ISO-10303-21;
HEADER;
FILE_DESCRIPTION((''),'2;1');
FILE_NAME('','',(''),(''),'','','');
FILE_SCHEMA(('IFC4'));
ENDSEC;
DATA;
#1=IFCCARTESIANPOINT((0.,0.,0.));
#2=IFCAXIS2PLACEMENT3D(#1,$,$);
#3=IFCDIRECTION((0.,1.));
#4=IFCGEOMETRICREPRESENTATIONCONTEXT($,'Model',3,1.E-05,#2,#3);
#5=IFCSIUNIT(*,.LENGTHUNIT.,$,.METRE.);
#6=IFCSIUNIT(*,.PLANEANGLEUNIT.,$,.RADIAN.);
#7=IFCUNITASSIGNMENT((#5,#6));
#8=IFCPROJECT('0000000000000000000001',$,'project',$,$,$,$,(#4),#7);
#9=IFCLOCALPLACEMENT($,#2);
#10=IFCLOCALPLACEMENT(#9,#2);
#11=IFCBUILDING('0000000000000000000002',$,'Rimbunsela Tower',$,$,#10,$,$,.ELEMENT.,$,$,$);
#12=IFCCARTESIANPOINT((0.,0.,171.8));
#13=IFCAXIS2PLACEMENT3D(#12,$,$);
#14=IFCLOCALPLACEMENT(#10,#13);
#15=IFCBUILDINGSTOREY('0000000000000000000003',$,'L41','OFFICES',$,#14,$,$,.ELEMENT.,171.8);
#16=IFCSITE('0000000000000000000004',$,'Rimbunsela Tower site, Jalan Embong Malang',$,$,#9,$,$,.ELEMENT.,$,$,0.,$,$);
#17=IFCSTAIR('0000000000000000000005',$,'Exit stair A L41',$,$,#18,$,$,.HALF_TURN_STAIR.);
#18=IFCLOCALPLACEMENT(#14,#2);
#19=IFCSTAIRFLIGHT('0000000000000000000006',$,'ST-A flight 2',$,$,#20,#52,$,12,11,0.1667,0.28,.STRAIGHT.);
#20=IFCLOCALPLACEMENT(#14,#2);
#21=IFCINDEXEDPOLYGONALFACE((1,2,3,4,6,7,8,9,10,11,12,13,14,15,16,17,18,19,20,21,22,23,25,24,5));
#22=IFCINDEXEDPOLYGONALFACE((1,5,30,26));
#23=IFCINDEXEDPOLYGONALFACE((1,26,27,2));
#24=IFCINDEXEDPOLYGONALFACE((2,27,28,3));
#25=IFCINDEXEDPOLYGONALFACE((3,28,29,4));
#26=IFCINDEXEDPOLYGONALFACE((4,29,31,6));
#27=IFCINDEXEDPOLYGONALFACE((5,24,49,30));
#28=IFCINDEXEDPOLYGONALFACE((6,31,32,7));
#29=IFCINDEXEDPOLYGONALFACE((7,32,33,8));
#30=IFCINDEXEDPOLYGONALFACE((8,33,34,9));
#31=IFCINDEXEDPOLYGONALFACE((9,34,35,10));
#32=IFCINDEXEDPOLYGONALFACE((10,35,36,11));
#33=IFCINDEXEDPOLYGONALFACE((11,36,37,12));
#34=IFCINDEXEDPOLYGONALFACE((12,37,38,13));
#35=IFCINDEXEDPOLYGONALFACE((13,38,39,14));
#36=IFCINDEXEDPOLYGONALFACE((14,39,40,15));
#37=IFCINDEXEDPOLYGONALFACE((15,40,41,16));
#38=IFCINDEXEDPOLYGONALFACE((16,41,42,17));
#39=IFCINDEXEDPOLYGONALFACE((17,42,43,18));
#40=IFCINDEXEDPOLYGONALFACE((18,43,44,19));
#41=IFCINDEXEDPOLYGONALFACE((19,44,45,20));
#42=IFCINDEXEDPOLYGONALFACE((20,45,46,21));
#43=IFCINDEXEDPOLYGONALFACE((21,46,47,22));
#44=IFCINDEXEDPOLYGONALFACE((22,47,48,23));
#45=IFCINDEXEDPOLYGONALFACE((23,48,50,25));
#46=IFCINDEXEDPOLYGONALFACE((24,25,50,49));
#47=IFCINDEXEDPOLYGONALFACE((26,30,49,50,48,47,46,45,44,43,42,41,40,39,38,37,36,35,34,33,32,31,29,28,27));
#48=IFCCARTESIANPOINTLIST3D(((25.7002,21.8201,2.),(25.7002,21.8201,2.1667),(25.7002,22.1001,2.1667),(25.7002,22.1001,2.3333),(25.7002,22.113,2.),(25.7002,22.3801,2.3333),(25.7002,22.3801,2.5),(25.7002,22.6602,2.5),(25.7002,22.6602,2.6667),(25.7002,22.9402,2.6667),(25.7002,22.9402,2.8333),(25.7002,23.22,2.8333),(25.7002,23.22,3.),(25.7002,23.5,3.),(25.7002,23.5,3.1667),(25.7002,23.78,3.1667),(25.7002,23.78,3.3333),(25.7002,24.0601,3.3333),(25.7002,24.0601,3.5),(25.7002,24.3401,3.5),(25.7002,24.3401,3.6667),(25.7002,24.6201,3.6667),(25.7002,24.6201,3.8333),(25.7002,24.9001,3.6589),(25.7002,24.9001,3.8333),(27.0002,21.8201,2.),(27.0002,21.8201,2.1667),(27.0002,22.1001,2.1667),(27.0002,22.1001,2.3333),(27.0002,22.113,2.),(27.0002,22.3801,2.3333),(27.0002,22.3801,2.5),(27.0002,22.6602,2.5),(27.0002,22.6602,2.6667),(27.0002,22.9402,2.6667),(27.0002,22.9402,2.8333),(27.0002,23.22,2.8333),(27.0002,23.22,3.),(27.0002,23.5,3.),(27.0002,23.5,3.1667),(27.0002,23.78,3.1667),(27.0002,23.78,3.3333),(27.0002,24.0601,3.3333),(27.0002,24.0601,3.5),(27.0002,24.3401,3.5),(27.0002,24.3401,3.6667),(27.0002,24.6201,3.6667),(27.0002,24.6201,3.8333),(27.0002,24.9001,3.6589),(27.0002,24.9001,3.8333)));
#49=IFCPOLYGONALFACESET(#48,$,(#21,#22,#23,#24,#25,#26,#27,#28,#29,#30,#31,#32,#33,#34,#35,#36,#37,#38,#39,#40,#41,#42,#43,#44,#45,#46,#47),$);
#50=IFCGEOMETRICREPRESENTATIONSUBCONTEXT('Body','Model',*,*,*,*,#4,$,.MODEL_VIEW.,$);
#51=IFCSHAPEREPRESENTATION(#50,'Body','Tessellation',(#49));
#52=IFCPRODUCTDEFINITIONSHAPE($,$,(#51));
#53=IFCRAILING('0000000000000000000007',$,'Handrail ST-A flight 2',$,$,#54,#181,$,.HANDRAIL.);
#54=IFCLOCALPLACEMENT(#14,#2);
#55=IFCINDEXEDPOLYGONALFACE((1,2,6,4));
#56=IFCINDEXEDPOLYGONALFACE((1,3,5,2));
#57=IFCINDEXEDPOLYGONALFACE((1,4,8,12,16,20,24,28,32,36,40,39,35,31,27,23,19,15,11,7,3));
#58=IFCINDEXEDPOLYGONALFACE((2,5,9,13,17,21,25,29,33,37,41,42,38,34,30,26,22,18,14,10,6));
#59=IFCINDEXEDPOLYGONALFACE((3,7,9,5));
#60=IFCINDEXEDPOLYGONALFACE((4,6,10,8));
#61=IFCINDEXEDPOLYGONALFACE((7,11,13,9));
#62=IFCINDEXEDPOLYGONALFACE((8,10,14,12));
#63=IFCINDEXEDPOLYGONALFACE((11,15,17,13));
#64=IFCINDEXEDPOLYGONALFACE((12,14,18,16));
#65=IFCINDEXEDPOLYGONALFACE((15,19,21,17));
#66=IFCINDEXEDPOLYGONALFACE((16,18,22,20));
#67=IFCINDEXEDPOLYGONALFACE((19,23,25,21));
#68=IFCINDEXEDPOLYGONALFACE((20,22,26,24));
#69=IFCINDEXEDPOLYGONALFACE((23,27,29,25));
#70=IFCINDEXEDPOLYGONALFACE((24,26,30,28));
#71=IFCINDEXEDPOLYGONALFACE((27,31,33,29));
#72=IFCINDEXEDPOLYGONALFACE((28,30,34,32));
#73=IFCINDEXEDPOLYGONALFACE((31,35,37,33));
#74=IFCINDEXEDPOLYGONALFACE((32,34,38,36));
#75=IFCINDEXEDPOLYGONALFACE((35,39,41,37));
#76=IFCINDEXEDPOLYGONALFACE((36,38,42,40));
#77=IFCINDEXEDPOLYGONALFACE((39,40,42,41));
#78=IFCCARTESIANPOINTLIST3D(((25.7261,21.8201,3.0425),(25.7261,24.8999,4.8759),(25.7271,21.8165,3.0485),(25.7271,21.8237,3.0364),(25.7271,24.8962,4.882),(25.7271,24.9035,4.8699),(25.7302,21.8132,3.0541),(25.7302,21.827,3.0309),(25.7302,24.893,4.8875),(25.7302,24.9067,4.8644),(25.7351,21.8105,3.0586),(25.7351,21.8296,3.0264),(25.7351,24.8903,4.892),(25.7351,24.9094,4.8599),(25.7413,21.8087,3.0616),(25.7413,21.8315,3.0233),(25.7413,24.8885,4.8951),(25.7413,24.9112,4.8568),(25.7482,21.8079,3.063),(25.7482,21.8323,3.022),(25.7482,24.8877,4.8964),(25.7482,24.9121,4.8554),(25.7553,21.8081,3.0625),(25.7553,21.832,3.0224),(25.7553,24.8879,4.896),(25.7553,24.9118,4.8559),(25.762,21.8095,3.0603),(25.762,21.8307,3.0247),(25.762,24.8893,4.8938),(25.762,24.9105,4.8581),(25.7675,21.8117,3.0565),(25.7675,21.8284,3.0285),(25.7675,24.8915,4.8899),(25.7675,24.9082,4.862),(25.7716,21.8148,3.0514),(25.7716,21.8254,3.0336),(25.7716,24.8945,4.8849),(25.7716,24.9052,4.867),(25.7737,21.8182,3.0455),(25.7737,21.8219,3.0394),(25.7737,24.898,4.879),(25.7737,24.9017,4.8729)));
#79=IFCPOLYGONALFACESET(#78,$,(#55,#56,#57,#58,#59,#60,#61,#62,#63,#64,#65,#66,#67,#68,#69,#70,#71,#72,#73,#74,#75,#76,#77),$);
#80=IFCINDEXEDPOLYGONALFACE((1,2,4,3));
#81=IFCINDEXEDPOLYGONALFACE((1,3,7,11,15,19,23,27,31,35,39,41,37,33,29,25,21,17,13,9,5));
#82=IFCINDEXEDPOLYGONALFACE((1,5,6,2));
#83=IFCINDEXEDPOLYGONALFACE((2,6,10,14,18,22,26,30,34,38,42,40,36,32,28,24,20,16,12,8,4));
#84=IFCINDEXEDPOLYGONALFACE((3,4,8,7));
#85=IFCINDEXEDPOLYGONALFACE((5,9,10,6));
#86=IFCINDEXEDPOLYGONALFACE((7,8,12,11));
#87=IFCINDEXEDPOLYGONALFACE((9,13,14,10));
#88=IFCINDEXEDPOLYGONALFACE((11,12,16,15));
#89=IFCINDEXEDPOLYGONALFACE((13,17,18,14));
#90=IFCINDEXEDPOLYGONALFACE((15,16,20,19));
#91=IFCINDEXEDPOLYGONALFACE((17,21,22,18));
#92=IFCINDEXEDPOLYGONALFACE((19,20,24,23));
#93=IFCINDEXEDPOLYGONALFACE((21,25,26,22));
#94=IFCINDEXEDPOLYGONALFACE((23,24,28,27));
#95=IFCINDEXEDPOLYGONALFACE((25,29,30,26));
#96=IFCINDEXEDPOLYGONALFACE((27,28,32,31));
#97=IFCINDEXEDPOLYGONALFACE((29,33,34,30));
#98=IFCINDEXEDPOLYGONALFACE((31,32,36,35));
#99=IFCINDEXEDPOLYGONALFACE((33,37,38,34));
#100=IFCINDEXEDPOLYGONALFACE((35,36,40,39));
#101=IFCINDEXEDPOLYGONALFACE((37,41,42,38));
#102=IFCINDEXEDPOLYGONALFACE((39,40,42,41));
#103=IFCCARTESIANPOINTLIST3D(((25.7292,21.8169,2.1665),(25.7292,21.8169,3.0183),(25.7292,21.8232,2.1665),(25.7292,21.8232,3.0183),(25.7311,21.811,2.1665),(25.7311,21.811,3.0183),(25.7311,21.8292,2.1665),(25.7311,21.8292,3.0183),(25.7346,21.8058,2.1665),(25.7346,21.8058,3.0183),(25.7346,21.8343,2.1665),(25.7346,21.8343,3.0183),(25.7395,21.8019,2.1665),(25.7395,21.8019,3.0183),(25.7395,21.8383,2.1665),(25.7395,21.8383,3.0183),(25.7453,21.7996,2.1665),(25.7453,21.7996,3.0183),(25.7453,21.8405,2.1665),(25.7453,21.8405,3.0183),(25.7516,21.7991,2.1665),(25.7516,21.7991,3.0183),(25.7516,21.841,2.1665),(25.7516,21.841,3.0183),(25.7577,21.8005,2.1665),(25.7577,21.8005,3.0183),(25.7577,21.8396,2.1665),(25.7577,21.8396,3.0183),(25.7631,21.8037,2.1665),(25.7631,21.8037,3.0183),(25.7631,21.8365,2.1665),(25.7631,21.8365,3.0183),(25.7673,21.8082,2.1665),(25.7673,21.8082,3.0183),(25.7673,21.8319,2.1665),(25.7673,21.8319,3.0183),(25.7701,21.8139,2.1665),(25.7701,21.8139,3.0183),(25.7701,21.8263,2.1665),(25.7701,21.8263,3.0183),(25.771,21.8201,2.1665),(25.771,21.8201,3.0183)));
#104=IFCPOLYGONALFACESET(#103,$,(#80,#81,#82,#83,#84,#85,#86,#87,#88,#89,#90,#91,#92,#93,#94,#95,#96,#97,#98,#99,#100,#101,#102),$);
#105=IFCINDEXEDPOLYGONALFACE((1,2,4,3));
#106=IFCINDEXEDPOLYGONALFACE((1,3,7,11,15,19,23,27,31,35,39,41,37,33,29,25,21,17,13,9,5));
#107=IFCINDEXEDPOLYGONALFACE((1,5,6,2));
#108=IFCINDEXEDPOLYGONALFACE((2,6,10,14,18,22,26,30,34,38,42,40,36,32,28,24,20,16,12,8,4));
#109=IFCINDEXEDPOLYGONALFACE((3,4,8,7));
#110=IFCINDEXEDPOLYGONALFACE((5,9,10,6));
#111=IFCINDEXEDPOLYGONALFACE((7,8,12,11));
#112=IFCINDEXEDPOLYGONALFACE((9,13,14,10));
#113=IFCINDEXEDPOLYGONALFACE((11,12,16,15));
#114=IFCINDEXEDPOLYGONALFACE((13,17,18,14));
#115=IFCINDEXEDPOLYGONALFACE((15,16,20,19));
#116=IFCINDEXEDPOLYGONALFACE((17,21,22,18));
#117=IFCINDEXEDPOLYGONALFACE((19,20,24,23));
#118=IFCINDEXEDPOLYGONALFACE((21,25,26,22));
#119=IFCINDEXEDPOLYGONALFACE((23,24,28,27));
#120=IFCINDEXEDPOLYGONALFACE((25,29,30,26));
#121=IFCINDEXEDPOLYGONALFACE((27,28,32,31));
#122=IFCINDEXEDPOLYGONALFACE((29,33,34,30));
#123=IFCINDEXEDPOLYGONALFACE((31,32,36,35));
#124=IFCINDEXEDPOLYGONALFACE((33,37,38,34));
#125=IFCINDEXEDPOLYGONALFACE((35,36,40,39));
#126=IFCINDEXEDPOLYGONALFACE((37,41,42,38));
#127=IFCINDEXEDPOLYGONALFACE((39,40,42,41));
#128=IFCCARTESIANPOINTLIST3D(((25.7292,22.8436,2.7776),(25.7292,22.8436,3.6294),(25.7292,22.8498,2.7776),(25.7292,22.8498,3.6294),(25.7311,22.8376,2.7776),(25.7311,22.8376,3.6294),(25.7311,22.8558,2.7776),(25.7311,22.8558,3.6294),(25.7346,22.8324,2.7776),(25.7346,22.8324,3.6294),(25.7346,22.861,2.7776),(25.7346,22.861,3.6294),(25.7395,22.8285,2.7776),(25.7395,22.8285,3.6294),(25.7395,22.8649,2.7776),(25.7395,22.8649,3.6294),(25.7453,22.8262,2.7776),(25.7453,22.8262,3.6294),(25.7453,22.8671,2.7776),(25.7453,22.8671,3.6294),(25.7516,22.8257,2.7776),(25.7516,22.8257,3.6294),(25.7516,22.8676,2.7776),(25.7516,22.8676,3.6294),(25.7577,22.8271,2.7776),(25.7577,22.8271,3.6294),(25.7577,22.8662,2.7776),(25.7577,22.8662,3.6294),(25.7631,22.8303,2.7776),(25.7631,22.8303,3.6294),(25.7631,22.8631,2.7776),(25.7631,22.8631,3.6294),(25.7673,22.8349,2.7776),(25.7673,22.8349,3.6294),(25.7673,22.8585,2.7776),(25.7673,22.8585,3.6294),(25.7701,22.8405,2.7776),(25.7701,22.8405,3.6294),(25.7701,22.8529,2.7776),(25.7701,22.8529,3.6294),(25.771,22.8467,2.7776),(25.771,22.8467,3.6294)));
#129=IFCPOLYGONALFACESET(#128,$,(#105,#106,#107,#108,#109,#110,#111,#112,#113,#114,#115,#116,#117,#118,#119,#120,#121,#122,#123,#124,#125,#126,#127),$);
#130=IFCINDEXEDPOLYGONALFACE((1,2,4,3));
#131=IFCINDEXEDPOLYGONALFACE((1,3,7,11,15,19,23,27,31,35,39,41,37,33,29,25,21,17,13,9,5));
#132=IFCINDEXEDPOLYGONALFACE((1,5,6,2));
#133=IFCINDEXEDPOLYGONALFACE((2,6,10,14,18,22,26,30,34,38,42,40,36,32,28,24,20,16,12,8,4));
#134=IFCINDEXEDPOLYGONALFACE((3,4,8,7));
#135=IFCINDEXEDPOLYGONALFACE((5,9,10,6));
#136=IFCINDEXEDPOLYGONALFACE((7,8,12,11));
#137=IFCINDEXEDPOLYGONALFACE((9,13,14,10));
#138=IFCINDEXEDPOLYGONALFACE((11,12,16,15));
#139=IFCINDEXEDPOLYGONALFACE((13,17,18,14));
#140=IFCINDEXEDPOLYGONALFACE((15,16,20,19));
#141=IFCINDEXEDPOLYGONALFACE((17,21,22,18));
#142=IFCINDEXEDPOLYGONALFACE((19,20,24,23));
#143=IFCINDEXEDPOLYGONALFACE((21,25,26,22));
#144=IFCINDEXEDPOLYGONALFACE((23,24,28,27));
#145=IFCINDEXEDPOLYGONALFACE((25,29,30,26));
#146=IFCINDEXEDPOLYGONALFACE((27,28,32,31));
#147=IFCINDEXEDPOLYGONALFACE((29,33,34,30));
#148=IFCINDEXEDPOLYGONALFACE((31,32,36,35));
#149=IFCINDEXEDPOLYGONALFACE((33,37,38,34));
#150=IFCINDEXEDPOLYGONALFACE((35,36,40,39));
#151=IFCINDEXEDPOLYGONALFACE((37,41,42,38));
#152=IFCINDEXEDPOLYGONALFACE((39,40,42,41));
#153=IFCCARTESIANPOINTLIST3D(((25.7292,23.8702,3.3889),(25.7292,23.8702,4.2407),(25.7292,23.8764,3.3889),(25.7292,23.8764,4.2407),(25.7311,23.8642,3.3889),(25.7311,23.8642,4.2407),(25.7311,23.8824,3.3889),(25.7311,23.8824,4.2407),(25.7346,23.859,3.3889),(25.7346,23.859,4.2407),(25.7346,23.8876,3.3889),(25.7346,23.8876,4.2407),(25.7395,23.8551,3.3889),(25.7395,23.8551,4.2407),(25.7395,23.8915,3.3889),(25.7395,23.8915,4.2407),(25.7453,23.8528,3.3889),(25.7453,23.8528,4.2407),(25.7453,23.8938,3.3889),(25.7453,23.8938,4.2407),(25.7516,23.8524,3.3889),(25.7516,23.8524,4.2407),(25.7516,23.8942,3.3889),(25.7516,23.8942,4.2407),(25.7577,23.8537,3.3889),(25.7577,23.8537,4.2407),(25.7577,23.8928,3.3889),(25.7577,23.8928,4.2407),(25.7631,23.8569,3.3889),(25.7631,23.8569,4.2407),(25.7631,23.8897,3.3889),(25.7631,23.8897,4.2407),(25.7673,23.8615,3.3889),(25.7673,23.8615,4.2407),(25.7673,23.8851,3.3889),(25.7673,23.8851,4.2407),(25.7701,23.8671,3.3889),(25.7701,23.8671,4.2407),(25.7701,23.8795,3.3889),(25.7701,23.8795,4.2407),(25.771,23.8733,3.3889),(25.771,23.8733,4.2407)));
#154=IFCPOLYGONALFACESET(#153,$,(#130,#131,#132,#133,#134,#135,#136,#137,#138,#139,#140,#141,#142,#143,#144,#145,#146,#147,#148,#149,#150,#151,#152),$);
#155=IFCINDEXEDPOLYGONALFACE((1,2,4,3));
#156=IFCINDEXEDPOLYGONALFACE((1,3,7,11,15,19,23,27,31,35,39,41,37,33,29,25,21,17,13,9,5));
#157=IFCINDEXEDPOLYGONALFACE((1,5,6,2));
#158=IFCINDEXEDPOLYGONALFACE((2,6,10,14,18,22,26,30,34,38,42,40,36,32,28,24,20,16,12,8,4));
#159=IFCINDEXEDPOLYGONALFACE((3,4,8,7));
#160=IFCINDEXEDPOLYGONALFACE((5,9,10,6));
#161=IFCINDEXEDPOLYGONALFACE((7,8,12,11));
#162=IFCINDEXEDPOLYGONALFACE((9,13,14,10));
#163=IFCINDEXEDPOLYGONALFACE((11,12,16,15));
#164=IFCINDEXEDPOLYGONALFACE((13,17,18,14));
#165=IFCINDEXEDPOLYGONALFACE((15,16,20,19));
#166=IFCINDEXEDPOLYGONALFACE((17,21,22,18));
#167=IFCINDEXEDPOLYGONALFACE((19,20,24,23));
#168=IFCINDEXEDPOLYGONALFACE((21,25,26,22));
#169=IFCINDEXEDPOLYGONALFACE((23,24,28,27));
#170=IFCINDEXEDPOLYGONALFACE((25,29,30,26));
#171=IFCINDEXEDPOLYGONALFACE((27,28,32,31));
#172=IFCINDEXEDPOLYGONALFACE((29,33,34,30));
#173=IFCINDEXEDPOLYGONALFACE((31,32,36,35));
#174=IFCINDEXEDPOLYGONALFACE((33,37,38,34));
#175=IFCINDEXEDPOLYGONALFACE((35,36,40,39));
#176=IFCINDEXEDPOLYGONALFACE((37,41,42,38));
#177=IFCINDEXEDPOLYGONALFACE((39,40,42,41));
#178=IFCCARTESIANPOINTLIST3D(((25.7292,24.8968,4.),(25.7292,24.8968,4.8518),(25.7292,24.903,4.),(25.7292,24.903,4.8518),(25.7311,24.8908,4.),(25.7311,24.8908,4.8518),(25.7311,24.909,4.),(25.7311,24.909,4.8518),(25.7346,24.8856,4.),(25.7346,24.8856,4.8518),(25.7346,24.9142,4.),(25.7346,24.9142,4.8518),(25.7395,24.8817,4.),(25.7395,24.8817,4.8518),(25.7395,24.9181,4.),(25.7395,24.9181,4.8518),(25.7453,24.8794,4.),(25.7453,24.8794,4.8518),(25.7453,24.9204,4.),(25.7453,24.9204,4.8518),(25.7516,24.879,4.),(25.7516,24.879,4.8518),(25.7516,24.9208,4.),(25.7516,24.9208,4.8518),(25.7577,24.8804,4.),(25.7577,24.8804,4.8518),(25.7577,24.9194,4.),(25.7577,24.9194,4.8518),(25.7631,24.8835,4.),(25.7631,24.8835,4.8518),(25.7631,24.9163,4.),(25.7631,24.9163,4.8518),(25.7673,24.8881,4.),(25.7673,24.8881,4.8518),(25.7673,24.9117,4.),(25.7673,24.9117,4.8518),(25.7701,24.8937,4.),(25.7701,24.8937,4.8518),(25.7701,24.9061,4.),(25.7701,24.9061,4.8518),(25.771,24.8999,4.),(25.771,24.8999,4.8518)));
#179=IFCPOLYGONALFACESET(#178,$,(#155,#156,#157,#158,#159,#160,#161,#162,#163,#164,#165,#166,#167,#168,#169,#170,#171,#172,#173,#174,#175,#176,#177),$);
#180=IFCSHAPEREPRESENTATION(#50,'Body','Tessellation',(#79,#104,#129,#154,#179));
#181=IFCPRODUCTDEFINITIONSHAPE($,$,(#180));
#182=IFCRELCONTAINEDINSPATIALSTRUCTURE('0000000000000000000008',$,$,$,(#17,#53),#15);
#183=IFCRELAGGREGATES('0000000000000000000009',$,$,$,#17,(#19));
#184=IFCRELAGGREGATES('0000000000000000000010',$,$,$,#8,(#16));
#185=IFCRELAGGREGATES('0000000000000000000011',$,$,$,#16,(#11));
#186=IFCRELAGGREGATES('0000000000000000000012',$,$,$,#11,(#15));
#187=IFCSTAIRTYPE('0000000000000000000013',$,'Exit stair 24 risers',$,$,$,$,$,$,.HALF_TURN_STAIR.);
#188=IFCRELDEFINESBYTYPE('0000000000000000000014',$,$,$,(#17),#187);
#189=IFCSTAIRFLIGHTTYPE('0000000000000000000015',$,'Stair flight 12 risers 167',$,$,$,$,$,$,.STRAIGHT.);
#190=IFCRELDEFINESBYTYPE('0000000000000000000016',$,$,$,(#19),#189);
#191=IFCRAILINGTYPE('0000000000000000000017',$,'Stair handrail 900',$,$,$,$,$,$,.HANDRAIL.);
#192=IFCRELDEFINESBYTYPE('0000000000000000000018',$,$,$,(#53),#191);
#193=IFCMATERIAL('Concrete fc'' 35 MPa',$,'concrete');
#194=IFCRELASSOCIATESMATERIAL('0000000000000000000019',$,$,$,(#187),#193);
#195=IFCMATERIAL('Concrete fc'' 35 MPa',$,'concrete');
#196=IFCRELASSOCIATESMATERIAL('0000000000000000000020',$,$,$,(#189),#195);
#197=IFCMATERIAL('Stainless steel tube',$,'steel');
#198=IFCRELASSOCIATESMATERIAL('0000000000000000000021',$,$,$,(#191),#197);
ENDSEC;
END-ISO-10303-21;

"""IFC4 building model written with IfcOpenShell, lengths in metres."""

from ifc_helpers import new_model, si_unit, direction, frame, origin, origin_2d, place, context, subcontext, project, spatial, polyline, circle, outline, extrude, material, type_object, element, aggregate, save


model = new_model("IFC4")

# Units and contexts
model_context = context("Model", 3, precision=1e-05, world=origin(), true_north=direction((0.0, 1.0)))
body_context = subcontext(model_context, "Body", "Model", "MODEL_VIEW")
ifc_project = project(units=[si_unit("LENGTHUNIT", "METRE"), si_unit("PLANEANGLEUNIT", "RADIAN")], contexts=[model_context])

# Site, building, storey
site_placement = place(None, origin())
site = spatial("IfcSite", under=ifc_project, at=site_placement, Name="Rimbunsela Tower site, Jalan Embong Malang", CompositionType="ELEMENT", RefElevation=0.0)
building_placement = place(site_placement, origin())
building = spatial("IfcBuilding", under=site, at=building_placement, Name="Rimbunsela Tower", CompositionType="ELEMENT")
storey_placement = place(building_placement, frame((0.0, 0.0, 171.8)))
storey = spatial("IfcBuildingStorey", under=building, at=storey_placement, Name="L41", Description="OFFICES", CompositionType="ELEMENT", Elevation=171.8)

# Stair, stair flight
ifc_material_1 = material(Name="Concrete fc' 35 MPa", Category="concrete")
stair_type = type_object("IfcStairType", Name="Exit stair 24 risers", PredefinedType="HALF_TURN_STAIR", material=ifc_material_1)
stair_placement = place(storey_placement, origin())
stair = element("IfcStair", 1, at=stair_placement, inside=storey, type_object=stair_type, Name="Exit stair A L41", PredefinedType="HALF_TURN_STAIR")
ifc_material_2 = material(Name="Concrete fc' 35 MPa", Category="concrete")
stair_flight_type = type_object("IfcStairFlightType", Name="Stair flight 12 risers 167", PredefinedType="STRAIGHT", material=ifc_material_2)
stair_flight_placement = place(storey_placement, frame((26.3501, 21.8201, 2.0), z_axis=(0.0, 0.0, 1.0), x_axis=(0.0, 1.0, 0.0)))
stair_flight = element("IfcStairFlight", 2, at=stair_flight_placement, type_object=stair_flight_type, Name="ST-A flight 2", NumberOfRisers=12, NumberOfTreads=11, PredefinedType="STRAIGHT", RiserHeight=0.1667, TreadLength=0.28, context=body_context, shape_type="SweptSolid", body=[
    extrude(outline(polyline([(0.0, 0.0), (0.0, 0.1667), (0.28, 0.1667), (0.28, 0.3333), (0.5601, 0.3333), (0.5601, 0.5), (0.8401, 0.5), (0.8401, 0.6667), (1.1201, 0.6667), (1.1201, 0.8333), (1.3999, 0.8333), (1.3999, 1.0), (1.6799, 1.0), (1.6799, 1.1667), (1.96, 1.1667), (1.96, 1.3333), (2.24, 1.3333), (2.24, 1.5), (2.52, 1.5), (2.52, 1.6667), (2.8, 1.6667), (2.8, 1.8333), (3.0801, 1.8333), (3.0801, 2.0), (3.0801, 1.6589), (0.293, 0.0), (0.0, 0.0)])), frame((0.0, 0.6499, 0.0), z_axis=(0.0, -1.0, 0.0), x_axis=(1.0, 0.0, 0.0)), (0.0, 0.0, 1.0), 1.3),
])
aggregate(stair, [stair_flight])

# Railing
ifc_material_3 = material(Name="Stainless steel tube", Category="steel")
railing_type = type_object("IfcRailingType", Name="Stair handrail 900", PredefinedType="HANDRAIL", material=ifc_material_3)
railing_placement = place(storey_placement, frame((25.75, 21.8201, 2.1665)))
element("IfcRailing", 3, at=railing_placement, inside=storey, type_object=railing_type, Name="Handrail ST-A flight 2", PredefinedType="HANDRAIL", context=body_context, shape_type="SweptSolid", body=[
    extrude(circle(Radius=0.0239, at=origin_2d()), frame((0.0, 0.0, 0.876), z_axis=(0.0, 0.859261, 0.511538), x_axis=(-1.0, 0.0, 0.0)), (0.0, 0.0, 1.0), 3.5842),
    extrude(circle(Radius=0.021, at=origin_2d()), origin(), (0.0, 0.0, 1.0), 0.8518),
    extrude(circle(Radius=0.021, at=origin_2d()), frame((0.0, 1.0266, 0.6111)), (0.0, 0.0, 1.0), 0.8518),
    extrude(circle(Radius=0.021, at=origin_2d()), frame((0.0, 2.0532, 1.2224)), (0.0, 0.0, 1.0), 0.8518),
    extrude(circle(Radius=0.021, at=origin_2d()), frame((0.0, 3.0798, 1.8335)), (0.0, 0.0, 1.0), 0.8518),
])

save(model, "model.ifc")
